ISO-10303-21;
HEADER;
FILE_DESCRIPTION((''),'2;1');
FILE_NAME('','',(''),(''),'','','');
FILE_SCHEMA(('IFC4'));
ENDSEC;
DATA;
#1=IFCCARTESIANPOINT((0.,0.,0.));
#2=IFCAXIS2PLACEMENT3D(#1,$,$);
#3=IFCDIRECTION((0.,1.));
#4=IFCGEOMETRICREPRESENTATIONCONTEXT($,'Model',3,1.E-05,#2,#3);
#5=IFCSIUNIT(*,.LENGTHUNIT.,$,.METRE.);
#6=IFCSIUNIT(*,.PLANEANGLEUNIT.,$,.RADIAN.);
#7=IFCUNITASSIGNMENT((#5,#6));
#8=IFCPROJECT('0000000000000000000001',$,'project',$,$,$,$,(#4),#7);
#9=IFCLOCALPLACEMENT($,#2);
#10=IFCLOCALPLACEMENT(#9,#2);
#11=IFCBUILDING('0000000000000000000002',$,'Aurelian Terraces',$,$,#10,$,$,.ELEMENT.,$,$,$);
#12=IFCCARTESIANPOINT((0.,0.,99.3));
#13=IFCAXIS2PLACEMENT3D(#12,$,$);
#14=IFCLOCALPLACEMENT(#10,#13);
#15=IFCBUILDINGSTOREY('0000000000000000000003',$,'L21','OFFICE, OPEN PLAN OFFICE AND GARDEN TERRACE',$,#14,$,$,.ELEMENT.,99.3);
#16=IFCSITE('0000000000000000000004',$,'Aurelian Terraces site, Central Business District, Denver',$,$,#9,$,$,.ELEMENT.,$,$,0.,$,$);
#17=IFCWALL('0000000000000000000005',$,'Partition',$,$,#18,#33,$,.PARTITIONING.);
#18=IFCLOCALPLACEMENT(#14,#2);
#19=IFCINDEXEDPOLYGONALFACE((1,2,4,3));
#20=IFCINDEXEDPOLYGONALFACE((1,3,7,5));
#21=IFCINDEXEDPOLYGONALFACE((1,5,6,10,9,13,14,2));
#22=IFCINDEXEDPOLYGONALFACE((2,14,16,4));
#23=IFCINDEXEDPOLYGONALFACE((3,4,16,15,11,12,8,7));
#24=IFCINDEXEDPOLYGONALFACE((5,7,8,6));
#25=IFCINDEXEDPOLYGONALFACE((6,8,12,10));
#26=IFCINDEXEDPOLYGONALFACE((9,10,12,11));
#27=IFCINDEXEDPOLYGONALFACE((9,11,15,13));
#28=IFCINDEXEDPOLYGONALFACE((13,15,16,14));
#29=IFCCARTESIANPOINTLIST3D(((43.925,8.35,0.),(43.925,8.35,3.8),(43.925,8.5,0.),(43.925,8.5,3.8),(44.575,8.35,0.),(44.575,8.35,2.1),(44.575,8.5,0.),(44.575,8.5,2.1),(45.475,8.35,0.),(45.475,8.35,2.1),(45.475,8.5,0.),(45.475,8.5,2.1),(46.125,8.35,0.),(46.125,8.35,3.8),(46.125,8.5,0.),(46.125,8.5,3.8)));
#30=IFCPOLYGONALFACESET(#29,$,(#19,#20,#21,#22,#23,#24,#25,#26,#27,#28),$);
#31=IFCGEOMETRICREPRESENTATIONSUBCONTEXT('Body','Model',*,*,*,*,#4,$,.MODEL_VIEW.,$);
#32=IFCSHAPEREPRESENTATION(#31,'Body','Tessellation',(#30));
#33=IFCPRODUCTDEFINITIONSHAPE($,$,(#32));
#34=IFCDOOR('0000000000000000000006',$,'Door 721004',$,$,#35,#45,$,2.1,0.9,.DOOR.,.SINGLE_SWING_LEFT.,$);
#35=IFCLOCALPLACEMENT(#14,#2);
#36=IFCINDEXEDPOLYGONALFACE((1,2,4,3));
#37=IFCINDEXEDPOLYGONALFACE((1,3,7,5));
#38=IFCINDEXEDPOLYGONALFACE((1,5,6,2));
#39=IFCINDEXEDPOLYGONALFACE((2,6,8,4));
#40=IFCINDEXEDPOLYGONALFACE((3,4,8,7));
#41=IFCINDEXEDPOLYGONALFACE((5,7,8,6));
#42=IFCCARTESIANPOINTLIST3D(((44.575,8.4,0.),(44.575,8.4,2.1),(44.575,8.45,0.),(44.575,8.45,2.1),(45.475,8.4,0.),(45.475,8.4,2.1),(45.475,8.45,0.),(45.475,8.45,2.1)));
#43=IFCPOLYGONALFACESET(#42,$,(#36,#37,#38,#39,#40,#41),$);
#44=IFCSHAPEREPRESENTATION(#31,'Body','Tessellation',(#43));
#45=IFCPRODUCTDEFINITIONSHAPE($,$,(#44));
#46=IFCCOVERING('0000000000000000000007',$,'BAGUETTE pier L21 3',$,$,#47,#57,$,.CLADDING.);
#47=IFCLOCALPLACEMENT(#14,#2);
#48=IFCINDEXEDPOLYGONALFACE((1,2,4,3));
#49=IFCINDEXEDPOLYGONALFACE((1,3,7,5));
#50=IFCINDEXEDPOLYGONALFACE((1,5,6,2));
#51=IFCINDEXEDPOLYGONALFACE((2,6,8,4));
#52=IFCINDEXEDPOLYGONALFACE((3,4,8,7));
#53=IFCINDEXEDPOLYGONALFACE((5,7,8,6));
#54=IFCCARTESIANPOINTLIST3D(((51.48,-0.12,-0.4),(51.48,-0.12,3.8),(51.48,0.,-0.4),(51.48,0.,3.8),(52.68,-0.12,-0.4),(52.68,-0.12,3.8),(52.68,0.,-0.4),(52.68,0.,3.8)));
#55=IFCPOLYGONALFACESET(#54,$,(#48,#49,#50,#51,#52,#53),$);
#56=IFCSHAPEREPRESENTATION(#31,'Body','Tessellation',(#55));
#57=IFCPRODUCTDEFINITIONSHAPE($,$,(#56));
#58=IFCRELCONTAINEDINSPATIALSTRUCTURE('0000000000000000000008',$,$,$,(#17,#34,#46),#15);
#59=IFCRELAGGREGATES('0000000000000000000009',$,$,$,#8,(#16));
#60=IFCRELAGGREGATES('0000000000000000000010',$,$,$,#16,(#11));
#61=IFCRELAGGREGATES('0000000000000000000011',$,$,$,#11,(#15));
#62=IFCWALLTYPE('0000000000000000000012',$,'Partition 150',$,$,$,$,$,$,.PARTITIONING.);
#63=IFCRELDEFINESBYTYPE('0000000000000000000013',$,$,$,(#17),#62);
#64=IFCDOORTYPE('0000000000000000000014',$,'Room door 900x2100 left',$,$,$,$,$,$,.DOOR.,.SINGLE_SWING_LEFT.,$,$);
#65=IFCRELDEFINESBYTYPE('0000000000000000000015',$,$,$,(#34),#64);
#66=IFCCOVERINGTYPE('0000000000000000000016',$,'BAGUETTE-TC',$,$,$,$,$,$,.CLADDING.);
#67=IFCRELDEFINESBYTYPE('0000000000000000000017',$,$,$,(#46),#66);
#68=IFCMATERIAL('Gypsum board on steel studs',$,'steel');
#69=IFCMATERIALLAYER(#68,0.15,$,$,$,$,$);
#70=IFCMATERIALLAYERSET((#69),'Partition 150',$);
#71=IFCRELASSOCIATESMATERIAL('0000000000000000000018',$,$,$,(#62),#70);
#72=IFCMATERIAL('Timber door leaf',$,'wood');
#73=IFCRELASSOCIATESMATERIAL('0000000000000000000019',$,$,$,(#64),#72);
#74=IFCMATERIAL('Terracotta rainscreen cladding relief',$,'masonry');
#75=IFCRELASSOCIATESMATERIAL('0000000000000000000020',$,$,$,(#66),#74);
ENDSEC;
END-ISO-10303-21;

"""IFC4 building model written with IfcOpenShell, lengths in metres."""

from ifc_helpers import new_model, si_unit, direction, frame, frame_2d, origin, origin_2d, place, context, subcontext, project, spatial, rectangle, extrude, source, transform, mapped, material, layer, layer_set, type_object, element, fill, save


model = new_model("IFC4")

# Units and contexts
model_context = context("Model", 3, precision=1e-05, world=origin(), true_north=direction((0.0, 1.0)))
body_context = subcontext(model_context, "Body", "Model", "MODEL_VIEW")
ifc_project = project(units=[si_unit("LENGTHUNIT", "METRE"), si_unit("PLANEANGLEUNIT", "RADIAN")], contexts=[model_context])

# Site, building, storey
site_placement = place(None, origin())
site = spatial("IfcSite", under=ifc_project, at=site_placement, Name="Aurelian Terraces site, Central Business District, Denver", CompositionType="ELEMENT", RefElevation=0.0)
building_placement = place(site_placement, origin())
building = spatial("IfcBuilding", under=site, at=building_placement, Name="Aurelian Terraces", CompositionType="ELEMENT")
storey_placement = place(building_placement, frame((0.0, 0.0, 99.3)))
storey = spatial("IfcBuildingStorey", under=building, at=storey_placement, Name="L21", Description="OFFICE, OPEN PLAN OFFICE AND GARDEN TERRACE", CompositionType="ELEMENT", Elevation=99.3)

# Shared definitions
ifc_material_1 = material(Name="Timber door leaf", Category="wood")

# Shared definitions
ifc_material_2 = material(Name="Gypsum board on steel studs", Category="steel")
ifc_layer_1 = layer(ifc_material_2, 0.15)
ifc_layer_set_1 = layer_set([ifc_layer_1], Name="Partition 150")
wall_type_1 = type_object("IfcWallType", Name="Partition 150", PredefinedType="PARTITIONING", material=ifc_layer_set_1)

# Wall, opening, door
shared_shape_1 = source(origin(), body_context, "Body", "SweptSolid", [
    extrude(rectangle(XDim=2.2, YDim=0.15, at=frame_2d((1.1, 0.0))), origin(), (0.0, 0.0, 1.0), 3.8),
])
wall_1_placement = place(storey_placement, frame((46.125, 8.425, 0.0), z_axis=(0.0, 0.0, 1.0), x_axis=(-1.0, 0.0, 0.0)))
wall_1 = element("IfcWall", 1, at=wall_1_placement, inside=storey, type_object=wall_type_1, Name="Partition", PredefinedType="PARTITIONING", context=body_context, shape_type="MappedRepresentation", body=[
    mapped(shared_shape_1, transform((0.0, 0.0, 0.0), scale=1.0)),
])
shared_shape_2 = source(origin(), body_context, "Body", "SweptSolid", [
    extrude(rectangle(XDim=0.9, YDim=2.1, at=frame_2d((0.45, 1.05))), frame((0.0, 0.085, 0.0), z_axis=(0.0, -1.0, 0.0), x_axis=(1.0, 0.0, 0.0)), (0.0, 0.0, 1.0), 0.17),
])
opening_1_placement = place(wall_1_placement, frame((0.65, 0.0, 0.0)))
opening_1 = element("IfcOpeningElement", 2, at=opening_1_placement, cuts=wall_1, PredefinedType="OPENING", context=body_context, shape_type="MappedRepresentation", body=[
    mapped(shared_shape_2, transform((0.0, 0.0, 0.0), scale=1.0)),
])
door_type_1 = type_object("IfcDoorType", Name="Room door 900x2100 left", OperationType="SINGLE_SWING_LEFT", PredefinedType="DOOR", material=ifc_material_1)
shared_shape_3 = source(origin(), body_context, "Body", "SweptSolid", [
    extrude(rectangle(XDim=0.9, YDim=2.1, at=frame_2d((0.45, 1.05))), frame((0.0, 0.025, 0.0), z_axis=(0.0, -1.0, 0.0), x_axis=(1.0, 0.0, 0.0)), (0.0, 0.0, 1.0), 0.05),
])
door_1_placement = place(opening_1_placement, origin())
door_1 = element("IfcDoor", 3, at=door_1_placement, inside=storey, type_object=door_type_1, Name="Door 721004", OperationType="SINGLE_SWING_LEFT", OverallHeight=2.1, OverallWidth=0.9, PredefinedType="DOOR", context=body_context, shape_type="MappedRepresentation", body=[
    mapped(shared_shape_3, transform((0.0, 0.0, 0.0), scale=1.0)),
])
fill(opening_1, door_1)

# Covering
ifc_material_3 = material(Name="Terracotta rainscreen cladding relief", Category="masonry")
covering_type = type_object("IfcCoveringType", Name="BAGUETTE-TC", PredefinedType="CLADDING", material=ifc_material_3)
shared_shape_4 = source(origin(), body_context, "Body", "SweptSolid", [
    extrude(rectangle(XDim=1.2, YDim=0.12, at=origin_2d()), origin(), (0.0, 0.0, 1.0), 4.2),
])
covering_placement = place(storey_placement, frame((52.08, -0.06, -0.4), z_axis=(0.0, 0.0, 1.0), x_axis=(1.0, 0.0, 0.0)))
element("IfcCovering", 4, at=covering_placement, inside=storey, type_object=covering_type, Name="BAGUETTE pier L21 3", PredefinedType="CLADDING", context=body_context, shape_type="MappedRepresentation", body=[
    mapped(shared_shape_4, transform((0.0, 0.0, 0.0), scale=1.0)),
])

save(model, "model.ifc")
